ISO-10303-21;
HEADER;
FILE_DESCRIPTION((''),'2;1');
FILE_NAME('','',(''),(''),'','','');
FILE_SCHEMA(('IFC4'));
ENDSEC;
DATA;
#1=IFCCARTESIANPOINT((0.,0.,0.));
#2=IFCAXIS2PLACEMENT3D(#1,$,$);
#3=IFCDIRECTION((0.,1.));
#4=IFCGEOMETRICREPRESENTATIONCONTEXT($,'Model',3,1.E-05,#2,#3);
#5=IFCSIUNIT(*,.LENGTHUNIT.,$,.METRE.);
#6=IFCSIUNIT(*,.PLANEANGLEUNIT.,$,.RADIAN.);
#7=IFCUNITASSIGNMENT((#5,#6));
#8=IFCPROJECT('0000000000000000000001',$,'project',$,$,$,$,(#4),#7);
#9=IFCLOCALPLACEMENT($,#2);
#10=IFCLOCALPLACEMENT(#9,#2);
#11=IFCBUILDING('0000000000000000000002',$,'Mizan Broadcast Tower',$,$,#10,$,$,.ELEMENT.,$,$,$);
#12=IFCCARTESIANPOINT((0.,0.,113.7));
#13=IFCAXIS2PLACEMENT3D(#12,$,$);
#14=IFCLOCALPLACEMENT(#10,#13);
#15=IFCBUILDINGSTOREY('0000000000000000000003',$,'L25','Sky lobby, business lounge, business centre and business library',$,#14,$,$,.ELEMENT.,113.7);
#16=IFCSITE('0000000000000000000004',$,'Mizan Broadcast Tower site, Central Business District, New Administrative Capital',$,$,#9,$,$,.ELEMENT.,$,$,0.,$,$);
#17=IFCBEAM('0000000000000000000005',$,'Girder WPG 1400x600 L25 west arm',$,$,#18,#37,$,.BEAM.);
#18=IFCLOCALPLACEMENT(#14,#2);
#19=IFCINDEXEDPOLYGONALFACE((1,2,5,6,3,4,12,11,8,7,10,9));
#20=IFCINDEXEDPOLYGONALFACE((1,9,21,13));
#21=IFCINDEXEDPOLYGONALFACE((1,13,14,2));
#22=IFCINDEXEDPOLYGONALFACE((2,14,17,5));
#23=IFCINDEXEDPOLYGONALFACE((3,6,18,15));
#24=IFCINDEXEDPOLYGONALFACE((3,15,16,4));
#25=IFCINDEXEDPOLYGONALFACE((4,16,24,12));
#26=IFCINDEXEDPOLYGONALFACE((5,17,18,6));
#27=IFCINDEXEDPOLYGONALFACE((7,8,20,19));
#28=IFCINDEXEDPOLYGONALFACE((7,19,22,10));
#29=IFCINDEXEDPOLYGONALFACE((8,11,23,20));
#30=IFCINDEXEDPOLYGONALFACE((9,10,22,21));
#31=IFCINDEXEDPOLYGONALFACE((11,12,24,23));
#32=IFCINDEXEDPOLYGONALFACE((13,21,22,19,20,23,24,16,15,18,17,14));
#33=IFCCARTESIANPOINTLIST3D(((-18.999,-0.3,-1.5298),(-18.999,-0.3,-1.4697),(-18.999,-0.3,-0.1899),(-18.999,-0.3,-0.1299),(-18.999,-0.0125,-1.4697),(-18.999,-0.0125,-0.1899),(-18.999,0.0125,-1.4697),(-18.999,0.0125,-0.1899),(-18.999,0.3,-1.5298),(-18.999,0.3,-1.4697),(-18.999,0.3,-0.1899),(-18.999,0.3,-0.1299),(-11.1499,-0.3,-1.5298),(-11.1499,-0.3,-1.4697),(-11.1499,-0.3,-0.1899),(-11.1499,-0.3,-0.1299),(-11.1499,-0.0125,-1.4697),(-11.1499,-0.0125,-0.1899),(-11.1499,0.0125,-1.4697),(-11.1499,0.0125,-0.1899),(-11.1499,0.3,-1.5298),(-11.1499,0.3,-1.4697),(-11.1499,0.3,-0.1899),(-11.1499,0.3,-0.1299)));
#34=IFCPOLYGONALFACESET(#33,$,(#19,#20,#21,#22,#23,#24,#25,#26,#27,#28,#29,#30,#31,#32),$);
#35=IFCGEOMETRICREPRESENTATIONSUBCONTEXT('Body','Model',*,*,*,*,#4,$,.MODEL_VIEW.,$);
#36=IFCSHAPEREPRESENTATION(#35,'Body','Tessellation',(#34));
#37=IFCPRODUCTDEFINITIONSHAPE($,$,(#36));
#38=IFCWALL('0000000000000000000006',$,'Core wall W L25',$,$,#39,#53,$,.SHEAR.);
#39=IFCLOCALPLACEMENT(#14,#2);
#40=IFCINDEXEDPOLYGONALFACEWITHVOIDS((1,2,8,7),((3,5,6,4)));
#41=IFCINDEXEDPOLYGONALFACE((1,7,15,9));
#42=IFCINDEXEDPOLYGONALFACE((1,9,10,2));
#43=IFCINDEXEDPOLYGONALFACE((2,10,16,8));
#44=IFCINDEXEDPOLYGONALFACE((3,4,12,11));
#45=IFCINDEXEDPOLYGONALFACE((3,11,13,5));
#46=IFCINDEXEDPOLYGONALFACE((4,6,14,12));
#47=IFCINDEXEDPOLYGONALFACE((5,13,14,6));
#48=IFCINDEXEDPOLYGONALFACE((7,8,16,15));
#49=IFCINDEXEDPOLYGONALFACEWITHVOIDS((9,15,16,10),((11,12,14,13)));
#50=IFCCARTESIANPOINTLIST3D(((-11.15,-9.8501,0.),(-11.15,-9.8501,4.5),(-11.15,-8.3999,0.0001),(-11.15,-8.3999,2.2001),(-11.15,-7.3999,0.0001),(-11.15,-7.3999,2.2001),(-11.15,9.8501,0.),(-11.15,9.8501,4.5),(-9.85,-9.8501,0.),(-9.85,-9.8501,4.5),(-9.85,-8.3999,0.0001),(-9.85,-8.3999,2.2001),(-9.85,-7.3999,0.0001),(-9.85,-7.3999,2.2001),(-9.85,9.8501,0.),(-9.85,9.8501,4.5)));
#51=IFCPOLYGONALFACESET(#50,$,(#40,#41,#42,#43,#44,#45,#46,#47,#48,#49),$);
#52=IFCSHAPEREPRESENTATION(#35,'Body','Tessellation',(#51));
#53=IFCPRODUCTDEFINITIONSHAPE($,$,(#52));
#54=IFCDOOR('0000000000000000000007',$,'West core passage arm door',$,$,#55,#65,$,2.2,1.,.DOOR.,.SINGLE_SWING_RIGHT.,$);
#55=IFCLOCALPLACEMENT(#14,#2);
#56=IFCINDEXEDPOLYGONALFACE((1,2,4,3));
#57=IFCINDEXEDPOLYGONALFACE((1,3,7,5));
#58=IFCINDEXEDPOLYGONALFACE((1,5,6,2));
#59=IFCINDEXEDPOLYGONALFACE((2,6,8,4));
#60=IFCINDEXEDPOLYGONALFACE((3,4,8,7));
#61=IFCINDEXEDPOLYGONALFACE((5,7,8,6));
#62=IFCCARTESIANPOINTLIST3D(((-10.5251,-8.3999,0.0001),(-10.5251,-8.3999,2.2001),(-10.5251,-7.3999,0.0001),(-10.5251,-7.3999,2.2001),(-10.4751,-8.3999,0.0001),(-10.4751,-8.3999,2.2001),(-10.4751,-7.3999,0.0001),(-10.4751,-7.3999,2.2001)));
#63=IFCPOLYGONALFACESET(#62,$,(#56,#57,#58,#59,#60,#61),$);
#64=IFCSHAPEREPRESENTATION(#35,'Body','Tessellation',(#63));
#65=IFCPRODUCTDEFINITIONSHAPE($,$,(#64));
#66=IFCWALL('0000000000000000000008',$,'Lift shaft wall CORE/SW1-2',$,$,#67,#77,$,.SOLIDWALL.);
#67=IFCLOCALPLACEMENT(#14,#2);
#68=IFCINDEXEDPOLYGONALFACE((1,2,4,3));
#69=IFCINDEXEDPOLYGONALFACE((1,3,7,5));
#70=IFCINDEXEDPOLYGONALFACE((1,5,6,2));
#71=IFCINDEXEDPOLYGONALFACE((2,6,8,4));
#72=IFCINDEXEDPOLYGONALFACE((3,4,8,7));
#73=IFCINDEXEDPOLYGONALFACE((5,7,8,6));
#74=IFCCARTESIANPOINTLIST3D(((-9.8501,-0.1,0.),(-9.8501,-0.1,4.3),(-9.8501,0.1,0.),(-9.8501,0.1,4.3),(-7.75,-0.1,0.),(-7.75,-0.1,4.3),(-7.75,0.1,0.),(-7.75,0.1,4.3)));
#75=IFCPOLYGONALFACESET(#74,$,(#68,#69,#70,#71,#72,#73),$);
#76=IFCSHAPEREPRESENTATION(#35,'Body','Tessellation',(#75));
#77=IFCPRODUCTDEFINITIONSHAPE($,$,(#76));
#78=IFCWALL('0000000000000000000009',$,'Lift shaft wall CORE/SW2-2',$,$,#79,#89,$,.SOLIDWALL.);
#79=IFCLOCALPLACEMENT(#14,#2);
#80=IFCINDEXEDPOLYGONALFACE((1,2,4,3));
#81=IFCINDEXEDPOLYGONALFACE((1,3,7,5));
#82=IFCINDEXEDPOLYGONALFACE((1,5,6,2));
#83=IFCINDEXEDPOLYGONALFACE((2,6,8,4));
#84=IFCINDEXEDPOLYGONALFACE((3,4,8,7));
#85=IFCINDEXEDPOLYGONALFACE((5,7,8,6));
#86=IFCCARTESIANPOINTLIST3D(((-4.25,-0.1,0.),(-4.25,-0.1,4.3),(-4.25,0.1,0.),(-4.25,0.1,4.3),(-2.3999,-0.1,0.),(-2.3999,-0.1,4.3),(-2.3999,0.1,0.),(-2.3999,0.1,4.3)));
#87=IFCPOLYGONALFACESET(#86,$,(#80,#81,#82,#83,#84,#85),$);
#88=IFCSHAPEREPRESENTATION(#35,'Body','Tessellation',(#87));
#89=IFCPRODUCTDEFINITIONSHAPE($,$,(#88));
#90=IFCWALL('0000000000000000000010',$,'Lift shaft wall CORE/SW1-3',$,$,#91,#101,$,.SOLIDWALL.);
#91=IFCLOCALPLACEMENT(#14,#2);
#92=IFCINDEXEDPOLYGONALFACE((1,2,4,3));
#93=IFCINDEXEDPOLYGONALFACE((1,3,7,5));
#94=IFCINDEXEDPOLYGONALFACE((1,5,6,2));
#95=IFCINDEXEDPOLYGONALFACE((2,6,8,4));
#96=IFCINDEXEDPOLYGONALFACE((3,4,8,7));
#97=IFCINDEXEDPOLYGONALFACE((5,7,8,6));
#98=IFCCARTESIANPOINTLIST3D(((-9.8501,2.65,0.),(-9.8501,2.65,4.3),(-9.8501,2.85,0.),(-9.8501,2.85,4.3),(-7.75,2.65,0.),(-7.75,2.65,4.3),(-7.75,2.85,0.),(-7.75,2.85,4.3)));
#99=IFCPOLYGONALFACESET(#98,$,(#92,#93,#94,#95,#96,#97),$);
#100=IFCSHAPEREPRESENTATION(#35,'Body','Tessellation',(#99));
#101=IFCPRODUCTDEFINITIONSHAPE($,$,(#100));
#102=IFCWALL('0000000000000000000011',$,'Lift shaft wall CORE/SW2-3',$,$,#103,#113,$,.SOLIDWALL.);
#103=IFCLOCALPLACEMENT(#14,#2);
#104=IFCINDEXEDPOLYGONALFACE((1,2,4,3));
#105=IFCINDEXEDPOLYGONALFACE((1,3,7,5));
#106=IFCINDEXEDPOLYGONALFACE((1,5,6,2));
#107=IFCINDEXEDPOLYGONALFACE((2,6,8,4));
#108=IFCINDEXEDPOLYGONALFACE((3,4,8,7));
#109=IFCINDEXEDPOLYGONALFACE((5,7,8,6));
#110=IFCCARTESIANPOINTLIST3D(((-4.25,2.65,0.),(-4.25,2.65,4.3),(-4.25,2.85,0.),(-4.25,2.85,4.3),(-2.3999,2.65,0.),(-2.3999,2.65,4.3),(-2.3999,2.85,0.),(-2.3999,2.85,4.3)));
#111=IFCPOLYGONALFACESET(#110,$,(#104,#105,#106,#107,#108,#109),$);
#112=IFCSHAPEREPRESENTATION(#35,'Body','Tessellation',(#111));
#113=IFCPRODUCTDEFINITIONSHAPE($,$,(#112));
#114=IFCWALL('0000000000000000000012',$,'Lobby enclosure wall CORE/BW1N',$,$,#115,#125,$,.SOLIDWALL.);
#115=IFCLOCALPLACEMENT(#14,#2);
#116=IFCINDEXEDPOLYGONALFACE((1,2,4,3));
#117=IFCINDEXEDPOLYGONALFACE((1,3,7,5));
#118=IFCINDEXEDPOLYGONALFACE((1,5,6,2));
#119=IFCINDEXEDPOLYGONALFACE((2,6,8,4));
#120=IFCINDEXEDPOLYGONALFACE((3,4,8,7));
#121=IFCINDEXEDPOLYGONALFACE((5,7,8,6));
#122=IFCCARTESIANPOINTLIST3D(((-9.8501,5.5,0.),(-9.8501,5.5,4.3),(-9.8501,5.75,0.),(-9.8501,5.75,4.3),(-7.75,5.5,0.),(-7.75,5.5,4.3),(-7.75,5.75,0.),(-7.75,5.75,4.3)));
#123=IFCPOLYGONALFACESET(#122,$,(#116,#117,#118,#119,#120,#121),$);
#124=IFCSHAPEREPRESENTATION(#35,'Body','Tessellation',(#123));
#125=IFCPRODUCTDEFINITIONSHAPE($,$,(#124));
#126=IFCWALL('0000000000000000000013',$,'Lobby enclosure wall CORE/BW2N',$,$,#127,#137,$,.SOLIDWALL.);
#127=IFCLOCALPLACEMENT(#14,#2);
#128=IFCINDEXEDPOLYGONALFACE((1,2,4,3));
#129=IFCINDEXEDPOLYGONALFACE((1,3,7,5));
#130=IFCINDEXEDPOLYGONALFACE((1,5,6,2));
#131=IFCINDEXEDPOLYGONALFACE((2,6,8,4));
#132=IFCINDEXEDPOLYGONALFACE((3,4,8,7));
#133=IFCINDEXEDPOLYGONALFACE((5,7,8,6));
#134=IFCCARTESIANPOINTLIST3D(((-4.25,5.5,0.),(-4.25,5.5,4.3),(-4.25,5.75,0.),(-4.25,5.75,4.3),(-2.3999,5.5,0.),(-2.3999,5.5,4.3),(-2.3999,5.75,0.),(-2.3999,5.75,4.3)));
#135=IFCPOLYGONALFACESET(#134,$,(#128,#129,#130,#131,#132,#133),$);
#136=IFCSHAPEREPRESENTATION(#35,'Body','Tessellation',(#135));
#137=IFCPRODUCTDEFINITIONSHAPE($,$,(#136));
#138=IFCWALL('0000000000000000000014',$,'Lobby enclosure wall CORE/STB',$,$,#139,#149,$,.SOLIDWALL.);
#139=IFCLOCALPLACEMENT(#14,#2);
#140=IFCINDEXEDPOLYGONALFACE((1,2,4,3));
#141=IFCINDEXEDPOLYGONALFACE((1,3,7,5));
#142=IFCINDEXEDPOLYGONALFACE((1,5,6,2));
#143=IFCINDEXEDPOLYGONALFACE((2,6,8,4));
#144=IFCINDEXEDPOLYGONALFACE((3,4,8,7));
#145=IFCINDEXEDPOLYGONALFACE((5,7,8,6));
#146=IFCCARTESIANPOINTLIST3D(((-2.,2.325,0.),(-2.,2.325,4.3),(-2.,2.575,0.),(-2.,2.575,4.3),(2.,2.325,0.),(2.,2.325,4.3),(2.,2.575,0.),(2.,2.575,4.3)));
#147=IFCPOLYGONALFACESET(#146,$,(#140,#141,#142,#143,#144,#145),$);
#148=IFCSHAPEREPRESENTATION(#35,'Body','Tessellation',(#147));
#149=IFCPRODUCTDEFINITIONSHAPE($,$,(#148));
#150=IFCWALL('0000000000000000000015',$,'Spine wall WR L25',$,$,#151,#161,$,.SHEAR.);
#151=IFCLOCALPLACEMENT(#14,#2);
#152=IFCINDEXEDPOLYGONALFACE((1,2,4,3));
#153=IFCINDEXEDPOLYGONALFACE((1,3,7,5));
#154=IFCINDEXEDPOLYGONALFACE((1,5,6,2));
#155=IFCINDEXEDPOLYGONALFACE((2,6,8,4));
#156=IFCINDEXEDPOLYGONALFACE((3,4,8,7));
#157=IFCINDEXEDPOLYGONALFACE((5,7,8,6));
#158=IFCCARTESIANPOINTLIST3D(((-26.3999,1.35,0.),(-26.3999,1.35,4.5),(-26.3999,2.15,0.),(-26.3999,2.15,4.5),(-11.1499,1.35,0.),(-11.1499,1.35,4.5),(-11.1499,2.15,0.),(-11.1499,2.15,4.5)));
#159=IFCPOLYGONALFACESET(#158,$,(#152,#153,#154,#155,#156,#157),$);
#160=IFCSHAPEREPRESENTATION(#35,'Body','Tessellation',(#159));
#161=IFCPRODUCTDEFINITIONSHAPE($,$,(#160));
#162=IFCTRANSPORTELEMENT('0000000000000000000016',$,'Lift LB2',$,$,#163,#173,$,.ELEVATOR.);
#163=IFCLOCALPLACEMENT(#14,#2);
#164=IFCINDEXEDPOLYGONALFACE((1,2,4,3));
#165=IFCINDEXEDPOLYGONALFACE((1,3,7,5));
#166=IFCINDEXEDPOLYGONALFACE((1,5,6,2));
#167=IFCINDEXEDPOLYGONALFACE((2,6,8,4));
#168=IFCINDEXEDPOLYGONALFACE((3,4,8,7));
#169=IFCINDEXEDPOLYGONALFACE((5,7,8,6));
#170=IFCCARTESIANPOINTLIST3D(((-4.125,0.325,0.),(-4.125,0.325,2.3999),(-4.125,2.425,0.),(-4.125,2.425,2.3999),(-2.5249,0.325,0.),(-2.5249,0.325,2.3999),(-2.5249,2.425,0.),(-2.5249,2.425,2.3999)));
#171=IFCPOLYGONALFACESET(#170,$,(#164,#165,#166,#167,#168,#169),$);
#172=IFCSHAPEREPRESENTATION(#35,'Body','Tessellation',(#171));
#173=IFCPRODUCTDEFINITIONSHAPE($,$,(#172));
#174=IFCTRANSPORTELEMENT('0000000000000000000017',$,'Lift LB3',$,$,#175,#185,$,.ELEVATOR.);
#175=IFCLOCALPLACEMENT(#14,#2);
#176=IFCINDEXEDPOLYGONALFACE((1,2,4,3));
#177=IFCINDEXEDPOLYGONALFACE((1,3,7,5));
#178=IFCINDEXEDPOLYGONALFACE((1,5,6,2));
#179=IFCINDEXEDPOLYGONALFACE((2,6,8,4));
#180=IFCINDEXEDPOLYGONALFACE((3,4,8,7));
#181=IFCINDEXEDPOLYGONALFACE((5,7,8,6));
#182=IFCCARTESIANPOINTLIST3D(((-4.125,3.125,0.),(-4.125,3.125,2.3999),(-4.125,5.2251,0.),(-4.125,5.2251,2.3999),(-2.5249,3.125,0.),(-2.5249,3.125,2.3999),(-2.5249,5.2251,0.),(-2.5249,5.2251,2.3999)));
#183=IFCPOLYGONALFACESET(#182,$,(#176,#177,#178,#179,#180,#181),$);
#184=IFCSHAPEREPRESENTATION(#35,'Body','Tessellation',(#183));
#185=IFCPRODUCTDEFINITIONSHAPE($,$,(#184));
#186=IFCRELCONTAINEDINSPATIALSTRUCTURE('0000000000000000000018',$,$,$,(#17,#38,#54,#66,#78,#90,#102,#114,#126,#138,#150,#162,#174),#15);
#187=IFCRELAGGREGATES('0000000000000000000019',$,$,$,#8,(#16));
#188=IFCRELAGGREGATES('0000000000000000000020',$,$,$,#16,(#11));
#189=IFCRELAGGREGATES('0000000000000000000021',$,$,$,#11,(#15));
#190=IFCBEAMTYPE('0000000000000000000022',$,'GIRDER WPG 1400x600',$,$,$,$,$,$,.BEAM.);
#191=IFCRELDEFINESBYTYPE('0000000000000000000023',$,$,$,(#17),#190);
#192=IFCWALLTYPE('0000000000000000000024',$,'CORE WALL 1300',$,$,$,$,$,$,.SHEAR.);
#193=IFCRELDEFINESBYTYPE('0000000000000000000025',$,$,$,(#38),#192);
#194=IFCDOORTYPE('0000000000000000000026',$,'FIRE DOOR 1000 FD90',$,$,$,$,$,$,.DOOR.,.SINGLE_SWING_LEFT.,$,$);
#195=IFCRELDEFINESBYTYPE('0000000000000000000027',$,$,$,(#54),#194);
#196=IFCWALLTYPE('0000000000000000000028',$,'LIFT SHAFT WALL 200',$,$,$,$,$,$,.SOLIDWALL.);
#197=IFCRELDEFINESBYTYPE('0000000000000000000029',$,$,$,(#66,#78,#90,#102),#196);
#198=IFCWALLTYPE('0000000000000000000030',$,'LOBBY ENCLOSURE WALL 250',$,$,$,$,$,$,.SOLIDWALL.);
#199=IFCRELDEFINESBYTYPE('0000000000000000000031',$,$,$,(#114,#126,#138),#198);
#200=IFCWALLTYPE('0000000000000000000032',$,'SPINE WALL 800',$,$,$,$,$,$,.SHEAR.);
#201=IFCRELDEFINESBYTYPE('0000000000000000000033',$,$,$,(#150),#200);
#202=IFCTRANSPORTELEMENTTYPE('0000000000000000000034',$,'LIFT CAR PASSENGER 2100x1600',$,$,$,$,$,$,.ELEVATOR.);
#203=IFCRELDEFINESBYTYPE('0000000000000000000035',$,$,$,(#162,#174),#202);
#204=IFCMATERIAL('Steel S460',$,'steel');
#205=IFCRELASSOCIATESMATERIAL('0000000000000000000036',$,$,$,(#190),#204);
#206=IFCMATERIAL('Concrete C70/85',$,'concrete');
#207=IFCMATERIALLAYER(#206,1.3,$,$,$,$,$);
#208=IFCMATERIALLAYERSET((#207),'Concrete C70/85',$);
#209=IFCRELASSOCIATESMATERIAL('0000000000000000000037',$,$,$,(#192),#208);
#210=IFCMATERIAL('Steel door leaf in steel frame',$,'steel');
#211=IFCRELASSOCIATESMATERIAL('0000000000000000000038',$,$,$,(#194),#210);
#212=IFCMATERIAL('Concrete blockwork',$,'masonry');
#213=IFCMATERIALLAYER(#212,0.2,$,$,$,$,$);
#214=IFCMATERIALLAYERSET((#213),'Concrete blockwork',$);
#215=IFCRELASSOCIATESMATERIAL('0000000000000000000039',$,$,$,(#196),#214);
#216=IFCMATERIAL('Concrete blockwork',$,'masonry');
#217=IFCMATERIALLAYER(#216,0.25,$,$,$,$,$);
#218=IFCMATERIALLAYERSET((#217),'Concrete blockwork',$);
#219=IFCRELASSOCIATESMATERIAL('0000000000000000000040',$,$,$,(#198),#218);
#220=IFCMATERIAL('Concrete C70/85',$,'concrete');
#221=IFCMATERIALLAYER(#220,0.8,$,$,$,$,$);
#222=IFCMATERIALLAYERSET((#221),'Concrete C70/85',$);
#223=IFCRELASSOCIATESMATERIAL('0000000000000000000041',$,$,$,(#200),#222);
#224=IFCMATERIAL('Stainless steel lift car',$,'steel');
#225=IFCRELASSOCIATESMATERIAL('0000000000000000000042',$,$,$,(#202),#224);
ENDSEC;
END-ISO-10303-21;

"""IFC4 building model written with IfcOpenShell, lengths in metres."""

from ifc_helpers import new_model, si_unit, direction, frame, frame_2d, origin, origin_2d, place, context, subcontext, project, spatial, rectangle, i_section, extrude, material, layer, layer_set, material_profile, profile_set, type_object, element, fill, save


model = new_model("IFC4")

# Units and contexts
model_context = context("Model", 3, precision=1e-05, world=origin(), true_north=direction((0.0, 1.0)))
body_context = subcontext(model_context, "Body", "Model", "MODEL_VIEW")
ifc_project = project(units=[si_unit("LENGTHUNIT", "METRE"), si_unit("PLANEANGLEUNIT", "RADIAN")], contexts=[model_context])

# Site, building, storey
site_placement = place(None, origin())
site = spatial("IfcSite", under=ifc_project, at=site_placement, Name="Mizan Broadcast Tower site, Central Business District, New Administrative Capital", CompositionType="ELEMENT", RefElevation=0.0)
building_placement = place(site_placement, origin())
building = spatial("IfcBuilding", under=site, at=building_placement, Name="Mizan Broadcast Tower", CompositionType="ELEMENT")
storey_placement = place(building_placement, frame((0.0, 0.0, 113.7)))
storey = spatial("IfcBuildingStorey", under=building, at=storey_placement, Name="L25", Description="Sky lobby, business lounge, business centre and business library", CompositionType="ELEMENT", Elevation=113.7)

# Beam
ifc_material_1 = material(Name="Steel S460", Category="steel")
ifc_material_profile = material_profile(ifc_material_1, i_section(OverallWidth=0.6001, OverallDepth=1.3999, WebThickness=0.0249, FlangeThickness=0.0601, at=origin_2d()), Name="WPG 1400x600")
ifc_profile_set = profile_set([ifc_material_profile], Name="Steel S460")
beam_type = type_object("IfcBeamType", Name="GIRDER WPG 1400x600", PredefinedType="BEAM", material=ifc_profile_set)
beam_placement = place(storey_placement, frame((-11.1499, 0.0, -0.8298), z_axis=(-1.0, 0.0, 0.0), x_axis=(0.0, -1.0, 0.0)))
element("IfcBeam", 1, at=beam_placement, inside=storey, type_object=beam_type, Name="Girder WPG 1400x600 L25 west arm", PredefinedType="BEAM", context=body_context, shape_type="SweptSolid", body=[
    extrude(i_section(OverallWidth=0.6001, OverallDepth=1.3999, WebThickness=0.0249, FlangeThickness=0.0601, at=origin_2d()), origin(), (0.0, 0.0, 1.0), 7.8491),
])

# Wall, opening, door
ifc_material_2 = material(Name="Concrete C70/85", Category="concrete")
ifc_layer_1 = layer(ifc_material_2, 1.3)
ifc_layer_set_1 = layer_set([ifc_layer_1], Name="Concrete C70/85")
wall_type_1 = type_object("IfcWallType", Name="CORE WALL 1300", PredefinedType="SHEAR", material=ifc_layer_set_1)
wall_1_placement = place(storey_placement, frame((-10.5, 9.8501, 0.0), z_axis=(0.0, 0.0, 1.0), x_axis=(0.0, -1.0, 0.0)))
wall_1 = element("IfcWall", 2, at=wall_1_placement, inside=storey, type_object=wall_type_1, Name="Core wall W L25", PredefinedType="SHEAR", context=body_context, shape_type="SweptSolid", body=[
    extrude(rectangle(XDim=19.7002, YDim=1.3, at=frame_2d((9.8501, 0.0))), origin(), (0.0, 0.0, 1.0), 4.5),
])
opening_placement = place(wall_1_placement, frame((17.25, 0.0, 0.0)))
opening = element("IfcOpeningElement", 3, at=opening_placement, cuts=wall_1, PredefinedType="OPENING", context=body_context, shape_type="SweptSolid", body=[
    extrude(rectangle(XDim=1.0, YDim=2.2, at=frame_2d((0.5, 1.1001))), frame((0.0, 0.6599, 0.0), z_axis=(0.0, -1.0, 0.0), x_axis=(1.0, 0.0, 0.0)), (0.0, 0.0, 1.0), 1.3201),
])
ifc_material_3 = material(Name="Steel door leaf in steel frame", Category="steel")
door_type = type_object("IfcDoorType", Name="FIRE DOOR 1000 FD90", OperationType="SINGLE_SWING_LEFT", PredefinedType="DOOR", material=ifc_material_3)
door_placement = place(opening_placement, origin())
door = element("IfcDoor", 4, at=door_placement, inside=storey, type_object=door_type, Name="West core passage arm door", OperationType="SINGLE_SWING_RIGHT", OverallHeight=2.2, OverallWidth=1.0, PredefinedType="DOOR", context=body_context, shape_type="SweptSolid", body=[
    extrude(rectangle(XDim=1.0, YDim=2.2, at=frame_2d((0.5, 1.1001))), frame((0.0, 0.0249, 0.0), z_axis=(0.0, -1.0, 0.0), x_axis=(1.0, 0.0, 0.0)), (0.0, 0.0, 1.0), 0.05),
])
fill(opening, door)

# Walls
ifc_material_4 = material(Name="Concrete blockwork", Category="masonry")
ifc_layer_2 = layer(ifc_material_4, 0.2)
ifc_layer_set_2 = layer_set([ifc_layer_2], Name="Concrete blockwork")
wall_type_2 = type_object("IfcWallType", Name="LIFT SHAFT WALL 200", PredefinedType="SOLIDWALL", material=ifc_layer_set_2)
wall_2_placement = place(storey_placement, frame((-9.8501, 0.0, 0.0), z_axis=(0.0, 0.0, 1.0), x_axis=(1.0, 0.0, 0.0)))
element("IfcWall", 5, at=wall_2_placement, inside=storey, type_object=wall_type_2, Name="Lift shaft wall CORE/SW1-2", PredefinedType="SOLIDWALL", context=body_context, shape_type="SweptSolid", body=[
    extrude(rectangle(XDim=2.1001, YDim=0.2, at=frame_2d((1.05, 0.0))), origin(), (0.0, 0.0, 1.0), 4.3),
])
wall_3_placement = place(storey_placement, frame((-4.25, 0.0, 0.0), z_axis=(0.0, 0.0, 1.0), x_axis=(1.0, 0.0, 0.0)))
element("IfcWall", 6, at=wall_3_placement, inside=storey, type_object=wall_type_2, Name="Lift shaft wall CORE/SW2-2", PredefinedType="SOLIDWALL", context=body_context, shape_type="SweptSolid", body=[
    extrude(rectangle(XDim=1.8501, YDim=0.2, at=frame_2d((0.925, 0.0))), origin(), (0.0, 0.0, 1.0), 4.3),
])
wall_4_placement = place(storey_placement, frame((-9.8501, 2.75, 0.0), z_axis=(0.0, 0.0, 1.0), x_axis=(1.0, 0.0, 0.0)))
element("IfcWall", 7, at=wall_4_placement, inside=storey, type_object=wall_type_2, Name="Lift shaft wall CORE/SW1-3", PredefinedType="SOLIDWALL", context=body_context, shape_type="SweptSolid", body=[
    extrude(rectangle(XDim=2.1001, YDim=0.2, at=frame_2d((1.05, 0.0))), origin(), (0.0, 0.0, 1.0), 4.3),
])
wall_5_placement = place(storey_placement, frame((-4.25, 2.75, 0.0), z_axis=(0.0, 0.0, 1.0), x_axis=(1.0, 0.0, 0.0)))
element("IfcWall", 8, at=wall_5_placement, inside=storey, type_object=wall_type_2, Name="Lift shaft wall CORE/SW2-3", PredefinedType="SOLIDWALL", context=body_context, shape_type="SweptSolid", body=[
    extrude(rectangle(XDim=1.8501, YDim=0.2, at=frame_2d((0.925, 0.0))), origin(), (0.0, 0.0, 1.0), 4.3),
])
ifc_material_5 = material(Name="Concrete blockwork", Category="masonry")
ifc_layer_3 = layer(ifc_material_5, 0.25)
ifc_layer_set_3 = layer_set([ifc_layer_3], Name="Concrete blockwork")
wall_type_3 = type_object("IfcWallType", Name="LOBBY ENCLOSURE WALL 250", PredefinedType="SOLIDWALL", material=ifc_layer_set_3)
wall_6_placement = place(storey_placement, frame((-9.8501, 5.625, 0.0), z_axis=(0.0, 0.0, 1.0), x_axis=(1.0, 0.0, 0.0)))
element("IfcWall", 9, at=wall_6_placement, inside=storey, type_object=wall_type_3, Name="Lobby enclosure wall CORE/BW1N", PredefinedType="SOLIDWALL", context=body_context, shape_type="SweptSolid", body=[
    extrude(rectangle(XDim=2.1001, YDim=0.25, at=frame_2d((1.05, 0.0))), origin(), (0.0, 0.0, 1.0), 4.3),
])
wall_7_placement = place(storey_placement, frame((-4.25, 5.625, 0.0), z_axis=(0.0, 0.0, 1.0), x_axis=(1.0, 0.0, 0.0)))
element("IfcWall", 10, at=wall_7_placement, inside=storey, type_object=wall_type_3, Name="Lobby enclosure wall CORE/BW2N", PredefinedType="SOLIDWALL", context=body_context, shape_type="SweptSolid", body=[
    extrude(rectangle(XDim=1.8501, YDim=0.25, at=frame_2d((0.925, 0.0))), origin(), (0.0, 0.0, 1.0), 4.3),
])
wall_8_placement = place(storey_placement, frame((-2.0, 2.45, 0.0), z_axis=(0.0, 0.0, 1.0), x_axis=(1.0, 0.0, 0.0)))
element("IfcWall", 11, at=wall_8_placement, inside=storey, type_object=wall_type_3, Name="Lobby enclosure wall CORE/STB", PredefinedType="SOLIDWALL", context=body_context, shape_type="SweptSolid", body=[
    extrude(rectangle(XDim=4.0, YDim=0.25, at=frame_2d((2.0, 0.0))), origin(), (0.0, 0.0, 1.0), 4.3),
])
ifc_material_6 = material(Name="Concrete C70/85", Category="concrete")
ifc_layer_4 = layer(ifc_material_6, 0.8)
ifc_layer_set_4 = layer_set([ifc_layer_4], Name="Concrete C70/85")
wall_type_4 = type_object("IfcWallType", Name="SPINE WALL 800", PredefinedType="SHEAR", material=ifc_layer_set_4)
wall_9_placement = place(storey_placement, frame((-11.1499, 1.75, 0.0), z_axis=(0.0, 0.0, 1.0), x_axis=(-1.0, 0.0, 0.0)))
element("IfcWall", 12, at=wall_9_placement, inside=storey, type_object=wall_type_4, Name="Spine wall WR L25", PredefinedType="SHEAR", context=body_context, shape_type="SweptSolid", body=[
    extrude(rectangle(XDim=15.25, YDim=0.8, at=frame_2d((7.625, 0.0))), origin(), (0.0, 0.0, 1.0), 4.5),
])

# Transport elements
ifc_material_7 = material(Name="Stainless steel lift car", Category="steel")
transport_element_type = type_object("IfcTransportElementType", Name="LIFT CAR PASSENGER 2100x1600", PredefinedType="ELEVATOR", material=ifc_material_7)
for number, where, z_axis, x_axis, name in (
    (13, (-3.325, 1.375, 0.0), (0.0, 0.0, 1.0), (1.0, 0.0, 0.0), "Lift LB2"),
    (14, (-3.325, 4.175, 0.0), (0.0, 0.0, 1.0), (1.0, 0.0, 0.0), "Lift LB3"),
):
    element("IfcTransportElement", number, at=place(storey_placement, frame(where, z_axis=z_axis, x_axis=x_axis)), inside=storey, type_object=transport_element_type, Name=name, PredefinedType="ELEVATOR", context=body_context, shape_type="SweptSolid", body=[
        extrude(rectangle(XDim=1.6001, YDim=2.1001, at=origin_2d()), origin(), (0.0, 0.0, 1.0), 2.3999),
    ])

save(model, "model.ifc")
